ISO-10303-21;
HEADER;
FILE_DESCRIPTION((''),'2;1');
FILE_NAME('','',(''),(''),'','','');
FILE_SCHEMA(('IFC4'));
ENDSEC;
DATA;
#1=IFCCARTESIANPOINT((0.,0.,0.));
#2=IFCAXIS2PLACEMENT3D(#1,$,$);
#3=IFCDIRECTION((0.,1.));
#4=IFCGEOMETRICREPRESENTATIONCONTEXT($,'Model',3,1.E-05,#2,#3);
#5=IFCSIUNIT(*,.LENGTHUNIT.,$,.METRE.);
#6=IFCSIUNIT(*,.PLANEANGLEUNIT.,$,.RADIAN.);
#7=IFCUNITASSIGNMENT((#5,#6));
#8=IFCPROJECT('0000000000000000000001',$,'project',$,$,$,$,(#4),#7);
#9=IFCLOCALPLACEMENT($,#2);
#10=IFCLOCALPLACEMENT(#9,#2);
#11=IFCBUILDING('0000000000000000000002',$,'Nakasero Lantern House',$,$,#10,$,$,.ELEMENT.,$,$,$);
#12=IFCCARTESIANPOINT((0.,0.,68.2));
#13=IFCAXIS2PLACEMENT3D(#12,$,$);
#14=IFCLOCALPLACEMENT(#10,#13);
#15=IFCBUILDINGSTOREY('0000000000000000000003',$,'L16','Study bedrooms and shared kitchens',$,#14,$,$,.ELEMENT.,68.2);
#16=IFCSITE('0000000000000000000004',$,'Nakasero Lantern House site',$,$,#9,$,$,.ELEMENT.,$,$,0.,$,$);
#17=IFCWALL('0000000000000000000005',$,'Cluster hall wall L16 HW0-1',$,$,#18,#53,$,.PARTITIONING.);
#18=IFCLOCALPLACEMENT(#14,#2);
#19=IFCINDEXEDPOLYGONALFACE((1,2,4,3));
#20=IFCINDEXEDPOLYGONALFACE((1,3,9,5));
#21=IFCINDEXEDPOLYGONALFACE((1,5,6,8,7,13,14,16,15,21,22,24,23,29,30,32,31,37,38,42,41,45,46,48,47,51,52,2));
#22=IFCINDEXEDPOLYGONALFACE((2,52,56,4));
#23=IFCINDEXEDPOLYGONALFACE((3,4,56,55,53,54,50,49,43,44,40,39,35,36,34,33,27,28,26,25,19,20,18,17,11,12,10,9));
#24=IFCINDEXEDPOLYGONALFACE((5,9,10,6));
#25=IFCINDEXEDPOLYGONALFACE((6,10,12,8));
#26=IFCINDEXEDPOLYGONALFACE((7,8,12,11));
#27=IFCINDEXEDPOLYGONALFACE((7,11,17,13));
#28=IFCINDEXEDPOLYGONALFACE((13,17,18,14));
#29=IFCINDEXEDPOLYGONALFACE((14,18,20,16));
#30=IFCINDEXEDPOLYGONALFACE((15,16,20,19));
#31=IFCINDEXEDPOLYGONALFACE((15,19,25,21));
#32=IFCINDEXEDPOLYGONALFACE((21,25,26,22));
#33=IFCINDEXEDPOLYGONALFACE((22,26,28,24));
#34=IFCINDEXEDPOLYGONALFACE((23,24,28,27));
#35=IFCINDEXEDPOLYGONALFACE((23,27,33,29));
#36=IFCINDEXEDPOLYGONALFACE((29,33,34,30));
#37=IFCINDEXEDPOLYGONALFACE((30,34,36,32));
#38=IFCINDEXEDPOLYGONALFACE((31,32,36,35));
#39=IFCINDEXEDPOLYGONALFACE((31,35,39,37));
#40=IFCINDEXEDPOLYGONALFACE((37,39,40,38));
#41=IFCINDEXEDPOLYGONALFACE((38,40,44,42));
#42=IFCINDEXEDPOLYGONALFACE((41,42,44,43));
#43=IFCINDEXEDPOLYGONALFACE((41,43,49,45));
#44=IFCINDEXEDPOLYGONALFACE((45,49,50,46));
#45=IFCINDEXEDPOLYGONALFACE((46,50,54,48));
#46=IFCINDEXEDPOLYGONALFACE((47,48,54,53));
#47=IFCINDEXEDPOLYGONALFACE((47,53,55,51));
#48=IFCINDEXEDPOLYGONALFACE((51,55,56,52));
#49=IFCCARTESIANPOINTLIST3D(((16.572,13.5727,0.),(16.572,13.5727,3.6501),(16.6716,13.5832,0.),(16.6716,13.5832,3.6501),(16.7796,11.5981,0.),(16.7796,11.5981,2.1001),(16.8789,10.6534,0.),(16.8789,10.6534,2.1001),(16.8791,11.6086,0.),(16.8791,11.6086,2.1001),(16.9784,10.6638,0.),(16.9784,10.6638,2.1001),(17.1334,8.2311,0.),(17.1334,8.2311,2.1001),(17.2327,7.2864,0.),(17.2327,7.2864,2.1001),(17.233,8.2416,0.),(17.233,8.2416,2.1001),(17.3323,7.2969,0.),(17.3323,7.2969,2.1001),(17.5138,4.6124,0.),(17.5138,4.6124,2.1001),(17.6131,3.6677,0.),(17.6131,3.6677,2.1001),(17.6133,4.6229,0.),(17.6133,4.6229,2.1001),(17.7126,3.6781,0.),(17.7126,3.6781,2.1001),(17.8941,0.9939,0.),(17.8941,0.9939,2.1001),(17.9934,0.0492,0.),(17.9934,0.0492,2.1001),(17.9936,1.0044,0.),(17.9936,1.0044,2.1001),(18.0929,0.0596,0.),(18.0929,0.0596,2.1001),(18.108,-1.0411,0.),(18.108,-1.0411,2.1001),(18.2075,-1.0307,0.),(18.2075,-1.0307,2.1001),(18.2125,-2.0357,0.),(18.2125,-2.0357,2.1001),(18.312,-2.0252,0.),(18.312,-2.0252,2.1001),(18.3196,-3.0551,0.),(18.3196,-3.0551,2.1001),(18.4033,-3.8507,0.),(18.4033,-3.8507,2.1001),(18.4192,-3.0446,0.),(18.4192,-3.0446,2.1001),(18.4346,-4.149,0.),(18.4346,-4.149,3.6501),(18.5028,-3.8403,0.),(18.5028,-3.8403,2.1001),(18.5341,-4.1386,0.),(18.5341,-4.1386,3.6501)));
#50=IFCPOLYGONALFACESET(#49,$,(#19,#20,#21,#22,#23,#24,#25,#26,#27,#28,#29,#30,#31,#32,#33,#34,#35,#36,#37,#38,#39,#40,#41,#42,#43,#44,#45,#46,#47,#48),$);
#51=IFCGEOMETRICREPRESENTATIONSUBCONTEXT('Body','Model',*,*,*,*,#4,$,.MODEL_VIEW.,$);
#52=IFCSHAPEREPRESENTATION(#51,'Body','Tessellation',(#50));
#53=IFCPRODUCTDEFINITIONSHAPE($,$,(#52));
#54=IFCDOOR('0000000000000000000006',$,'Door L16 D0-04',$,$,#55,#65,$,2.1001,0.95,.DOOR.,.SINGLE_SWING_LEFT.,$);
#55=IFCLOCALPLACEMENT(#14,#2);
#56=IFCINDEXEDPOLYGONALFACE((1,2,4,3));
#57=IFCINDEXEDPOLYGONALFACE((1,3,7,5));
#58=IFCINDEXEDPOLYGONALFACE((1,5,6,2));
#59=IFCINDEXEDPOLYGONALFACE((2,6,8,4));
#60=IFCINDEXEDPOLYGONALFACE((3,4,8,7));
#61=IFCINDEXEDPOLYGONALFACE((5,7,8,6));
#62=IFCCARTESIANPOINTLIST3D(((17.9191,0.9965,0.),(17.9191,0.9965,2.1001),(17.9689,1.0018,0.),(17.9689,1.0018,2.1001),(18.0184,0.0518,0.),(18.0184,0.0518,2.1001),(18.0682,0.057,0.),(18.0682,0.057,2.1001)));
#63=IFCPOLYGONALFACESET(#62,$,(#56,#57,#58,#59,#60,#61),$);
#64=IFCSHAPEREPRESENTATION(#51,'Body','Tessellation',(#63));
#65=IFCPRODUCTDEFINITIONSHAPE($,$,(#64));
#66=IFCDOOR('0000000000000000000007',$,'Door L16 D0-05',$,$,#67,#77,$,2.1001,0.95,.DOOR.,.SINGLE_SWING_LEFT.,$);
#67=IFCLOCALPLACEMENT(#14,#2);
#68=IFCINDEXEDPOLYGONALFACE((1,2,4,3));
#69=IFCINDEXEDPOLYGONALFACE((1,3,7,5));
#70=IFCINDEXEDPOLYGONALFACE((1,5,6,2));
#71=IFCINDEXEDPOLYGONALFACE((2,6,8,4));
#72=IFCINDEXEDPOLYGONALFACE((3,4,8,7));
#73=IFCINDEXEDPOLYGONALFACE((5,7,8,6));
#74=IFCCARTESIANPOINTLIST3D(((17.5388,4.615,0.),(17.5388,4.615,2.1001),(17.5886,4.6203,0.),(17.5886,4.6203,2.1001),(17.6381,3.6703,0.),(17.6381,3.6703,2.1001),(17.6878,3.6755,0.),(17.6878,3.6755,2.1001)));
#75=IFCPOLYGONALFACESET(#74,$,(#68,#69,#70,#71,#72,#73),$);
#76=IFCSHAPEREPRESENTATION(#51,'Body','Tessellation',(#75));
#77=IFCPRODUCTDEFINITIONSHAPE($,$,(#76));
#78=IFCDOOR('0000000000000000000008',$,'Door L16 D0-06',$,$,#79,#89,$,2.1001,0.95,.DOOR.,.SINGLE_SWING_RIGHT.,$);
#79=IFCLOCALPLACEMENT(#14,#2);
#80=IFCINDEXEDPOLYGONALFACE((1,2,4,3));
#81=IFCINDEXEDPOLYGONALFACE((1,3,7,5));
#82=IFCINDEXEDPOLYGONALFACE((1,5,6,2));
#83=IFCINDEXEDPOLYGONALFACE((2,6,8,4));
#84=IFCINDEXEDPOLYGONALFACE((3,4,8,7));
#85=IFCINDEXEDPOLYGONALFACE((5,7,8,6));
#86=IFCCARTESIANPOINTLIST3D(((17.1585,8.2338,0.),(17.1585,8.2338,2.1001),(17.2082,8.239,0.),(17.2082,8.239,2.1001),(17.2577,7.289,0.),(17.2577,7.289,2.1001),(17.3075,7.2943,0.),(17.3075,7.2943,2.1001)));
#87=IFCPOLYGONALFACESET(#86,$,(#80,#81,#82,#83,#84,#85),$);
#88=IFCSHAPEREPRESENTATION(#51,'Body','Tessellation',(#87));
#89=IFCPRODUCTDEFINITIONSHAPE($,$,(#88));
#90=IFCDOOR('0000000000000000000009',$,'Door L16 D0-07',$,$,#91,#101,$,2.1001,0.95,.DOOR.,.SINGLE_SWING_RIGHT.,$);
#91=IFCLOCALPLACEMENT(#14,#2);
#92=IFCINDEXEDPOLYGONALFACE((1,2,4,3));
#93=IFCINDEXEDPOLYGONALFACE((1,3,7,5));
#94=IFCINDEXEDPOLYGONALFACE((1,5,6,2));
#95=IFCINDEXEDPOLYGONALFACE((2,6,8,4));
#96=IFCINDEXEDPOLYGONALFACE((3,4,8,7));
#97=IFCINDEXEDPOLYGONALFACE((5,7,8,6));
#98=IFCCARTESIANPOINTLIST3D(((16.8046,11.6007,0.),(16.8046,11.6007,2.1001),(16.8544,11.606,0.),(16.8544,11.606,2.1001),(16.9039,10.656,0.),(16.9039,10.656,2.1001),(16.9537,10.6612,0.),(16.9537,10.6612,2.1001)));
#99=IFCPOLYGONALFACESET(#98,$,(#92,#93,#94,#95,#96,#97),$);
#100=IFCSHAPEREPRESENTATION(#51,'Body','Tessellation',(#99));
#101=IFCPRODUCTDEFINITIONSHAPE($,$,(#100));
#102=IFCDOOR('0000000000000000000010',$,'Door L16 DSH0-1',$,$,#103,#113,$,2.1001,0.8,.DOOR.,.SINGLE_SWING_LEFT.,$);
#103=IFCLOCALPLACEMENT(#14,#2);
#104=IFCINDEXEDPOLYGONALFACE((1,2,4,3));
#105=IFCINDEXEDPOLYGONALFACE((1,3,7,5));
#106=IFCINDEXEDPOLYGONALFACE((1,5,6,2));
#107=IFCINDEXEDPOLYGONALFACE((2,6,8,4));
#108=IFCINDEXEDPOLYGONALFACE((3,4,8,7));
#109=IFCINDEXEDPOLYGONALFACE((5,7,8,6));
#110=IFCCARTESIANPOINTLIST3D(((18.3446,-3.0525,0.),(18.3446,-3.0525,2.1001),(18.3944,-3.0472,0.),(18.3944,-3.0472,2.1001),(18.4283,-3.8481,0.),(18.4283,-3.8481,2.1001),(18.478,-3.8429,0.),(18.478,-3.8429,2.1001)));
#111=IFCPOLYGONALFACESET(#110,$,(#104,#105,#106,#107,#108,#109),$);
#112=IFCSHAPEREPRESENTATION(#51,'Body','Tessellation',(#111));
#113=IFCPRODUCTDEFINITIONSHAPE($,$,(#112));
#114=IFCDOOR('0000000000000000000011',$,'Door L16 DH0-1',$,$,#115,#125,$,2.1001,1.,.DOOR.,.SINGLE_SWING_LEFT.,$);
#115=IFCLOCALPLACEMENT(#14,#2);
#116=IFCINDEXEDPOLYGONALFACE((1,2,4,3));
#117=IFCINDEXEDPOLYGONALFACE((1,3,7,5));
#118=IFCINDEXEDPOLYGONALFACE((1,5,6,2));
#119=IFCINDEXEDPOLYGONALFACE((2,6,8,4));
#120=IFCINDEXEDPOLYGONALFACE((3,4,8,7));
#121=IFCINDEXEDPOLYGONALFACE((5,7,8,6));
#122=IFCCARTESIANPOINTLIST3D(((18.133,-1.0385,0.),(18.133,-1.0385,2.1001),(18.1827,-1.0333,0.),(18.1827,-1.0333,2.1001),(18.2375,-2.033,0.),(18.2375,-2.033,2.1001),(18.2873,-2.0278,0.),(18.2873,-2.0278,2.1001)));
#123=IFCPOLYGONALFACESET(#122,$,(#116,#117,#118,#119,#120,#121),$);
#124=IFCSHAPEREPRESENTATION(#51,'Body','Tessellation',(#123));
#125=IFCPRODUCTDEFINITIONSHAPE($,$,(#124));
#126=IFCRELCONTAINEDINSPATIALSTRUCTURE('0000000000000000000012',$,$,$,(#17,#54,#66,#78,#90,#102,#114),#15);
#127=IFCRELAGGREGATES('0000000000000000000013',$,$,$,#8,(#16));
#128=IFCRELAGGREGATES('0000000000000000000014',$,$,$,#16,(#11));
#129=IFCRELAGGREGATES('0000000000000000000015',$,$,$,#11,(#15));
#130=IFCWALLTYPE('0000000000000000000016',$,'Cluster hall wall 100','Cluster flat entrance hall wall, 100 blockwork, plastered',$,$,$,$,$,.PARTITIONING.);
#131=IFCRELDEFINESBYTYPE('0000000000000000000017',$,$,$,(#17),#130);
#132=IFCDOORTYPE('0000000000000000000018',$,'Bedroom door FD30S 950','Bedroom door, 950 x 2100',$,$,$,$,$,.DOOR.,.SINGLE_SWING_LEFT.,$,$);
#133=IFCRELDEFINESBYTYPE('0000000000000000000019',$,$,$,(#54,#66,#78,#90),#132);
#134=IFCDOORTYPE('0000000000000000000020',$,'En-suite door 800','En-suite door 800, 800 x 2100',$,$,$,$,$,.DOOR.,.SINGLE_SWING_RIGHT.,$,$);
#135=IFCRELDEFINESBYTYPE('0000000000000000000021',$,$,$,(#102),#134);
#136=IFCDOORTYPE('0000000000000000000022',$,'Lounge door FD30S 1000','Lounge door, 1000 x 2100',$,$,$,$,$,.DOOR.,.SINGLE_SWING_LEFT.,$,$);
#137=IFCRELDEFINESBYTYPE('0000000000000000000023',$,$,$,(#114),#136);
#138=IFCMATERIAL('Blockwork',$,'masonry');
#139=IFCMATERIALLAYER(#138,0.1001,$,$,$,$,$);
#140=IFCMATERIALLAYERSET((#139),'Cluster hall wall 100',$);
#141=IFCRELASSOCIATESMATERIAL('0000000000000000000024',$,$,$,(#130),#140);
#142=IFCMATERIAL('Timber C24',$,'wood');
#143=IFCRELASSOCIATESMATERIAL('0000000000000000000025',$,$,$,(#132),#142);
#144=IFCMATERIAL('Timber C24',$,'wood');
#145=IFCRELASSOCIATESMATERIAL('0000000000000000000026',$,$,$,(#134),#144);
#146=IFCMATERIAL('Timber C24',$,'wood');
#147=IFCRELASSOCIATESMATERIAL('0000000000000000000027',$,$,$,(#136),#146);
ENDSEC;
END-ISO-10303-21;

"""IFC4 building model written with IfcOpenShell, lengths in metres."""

from ifc_helpers import new_model, si_unit, direction, frame, frame_2d, origin, place, context, subcontext, project, spatial, rectangle, extrude, material, layer, layer_set, type_object, element, fill, save


model = new_model("IFC4")

# Units and contexts
model_context = context("Model", 3, precision=1e-05, world=origin(), true_north=direction((0.0, 1.0)))
body_context = subcontext(model_context, "Body", "Model", "MODEL_VIEW")
ifc_project = project(units=[si_unit("LENGTHUNIT", "METRE"), si_unit("PLANEANGLEUNIT", "RADIAN")], contexts=[model_context])

# Site, building, storey
site_placement = place(None, origin())
site = spatial("IfcSite", under=ifc_project, at=site_placement, Name="Nakasero Lantern House site", CompositionType="ELEMENT", RefElevation=0.0)
building_placement = place(site_placement, origin())
building = spatial("IfcBuilding", under=site, at=building_placement, Name="Nakasero Lantern House", CompositionType="ELEMENT")
storey_placement = place(building_placement, frame((0.0, 0.0, 68.2)))
storey = spatial("IfcBuildingStorey", under=building, at=storey_placement, Name="L16", Description="Study bedrooms and shared kitchens", CompositionType="ELEMENT", Elevation=68.2)

# Wall, openings, doors
ifc_material_1 = material(Name="Blockwork", Category="masonry")
ifc_layer_1 = layer(ifc_material_1, 0.1001)
ifc_layer_set_1 = layer_set([ifc_layer_1], Name="Cluster hall wall 100")
wall_type_1 = type_object("IfcWallType", Name="Cluster hall wall 100", Description="Cluster flat entrance hall wall, 100 blockwork, plastered", PredefinedType="PARTITIONING", material=ifc_layer_set_1)
wall_1_placement = place(storey_placement, frame((18.4844, -4.1438, 0.0), z_axis=(0.0, 0.0, 1.0), x_axis=(-0.104524, 0.994522, 0.0)))
wall_1 = element("IfcWall", 1, at=wall_1_placement, inside=storey, type_object=wall_type_1, Name="Cluster hall wall L16 HW0-1", PredefinedType="PARTITIONING", context=body_context, shape_type="SweptSolid", body=[
    extrude(rectangle(XDim=17.8193, YDim=0.1001, at=frame_2d((8.9097, 0.0))), origin(), (0.0, 0.0, 1.0), 3.6501),
])
opening_1_placement = place(wall_1_placement, frame((2.125, 0.0, 0.0)))
opening_1 = element("IfcOpeningElement", 2, at=opening_1_placement, cuts=wall_1, PredefinedType="OPENING", context=body_context, shape_type="SweptSolid", body=[
    extrude(rectangle(XDim=1.0, YDim=2.1001, at=frame_2d((0.5, 1.05))), frame((0.0, 0.0701, 0.0), z_axis=(0.0, -1.0, 0.0), x_axis=(1.0, 0.0, 0.0)), (0.0, 0.0, 1.0), 0.1401),
])
opening_2_placement = place(wall_1_placement, frame((0.3, 0.0, 0.0)))
opening_2 = element("IfcOpeningElement", 3, at=opening_2_placement, cuts=wall_1, PredefinedType="OPENING", context=body_context, shape_type="SweptSolid", body=[
    extrude(rectangle(XDim=0.8, YDim=2.1001, at=frame_2d((0.3999, 1.05))), frame((0.0, 0.0701, 0.0), z_axis=(0.0, -1.0, 0.0), x_axis=(1.0, 0.0, 0.0)), (0.0, 0.0, 1.0), 0.1401),
])
opening_3_placement = place(wall_1_placement, frame((4.2212, 0.0, 0.0)))
opening_3 = element("IfcOpeningElement", 4, at=opening_3_placement, cuts=wall_1, PredefinedType="OPENING", context=body_context, shape_type="SweptSolid", body=[
    extrude(rectangle(XDim=0.95, YDim=2.1001, at=frame_2d((0.4751, 1.05))), frame((0.0, 0.0701, 0.0), z_axis=(0.0, -1.0, 0.0), x_axis=(1.0, 0.0, 0.0)), (0.0, 0.0, 1.0), 0.1401),
])
opening_4_placement = place(wall_1_placement, frame((7.8596, 0.0, 0.0)))
opening_4 = element("IfcOpeningElement", 5, at=opening_4_placement, cuts=wall_1, PredefinedType="OPENING", context=body_context, shape_type="SweptSolid", body=[
    extrude(rectangle(XDim=0.95, YDim=2.1001, at=frame_2d((0.4751, 1.05))), frame((0.0, 0.0701, 0.0), z_axis=(0.0, -1.0, 0.0), x_axis=(1.0, 0.0, 0.0)), (0.0, 0.0, 1.0), 0.1401),
])
opening_5_placement = place(wall_1_placement, frame((11.4983, 0.0, 0.0)))
opening_5 = element("IfcOpeningElement", 6, at=opening_5_placement, cuts=wall_1, PredefinedType="OPENING", context=body_context, shape_type="SweptSolid", body=[
    extrude(rectangle(XDim=0.95, YDim=2.1001, at=frame_2d((0.4751, 1.05))), frame((0.0, 0.0701, 0.0), z_axis=(0.0, -1.0, 0.0), x_axis=(1.0, 0.0, 0.0)), (0.0, 0.0, 1.0), 0.1401),
])
opening_6_placement = place(wall_1_placement, frame((14.8838, 0.0, 0.0)))
opening_6 = element("IfcOpeningElement", 7, at=opening_6_placement, cuts=wall_1, PredefinedType="OPENING", context=body_context, shape_type="SweptSolid", body=[
    extrude(rectangle(XDim=0.95, YDim=2.1001, at=frame_2d((0.4751, 1.05))), frame((0.0, 0.0701, 0.0), z_axis=(0.0, -1.0, 0.0), x_axis=(1.0, 0.0, 0.0)), (0.0, 0.0, 1.0), 0.1401),
])
ifc_material_2 = material(Name="Timber C24", Category="wood")
door_type_1 = type_object("IfcDoorType", Name="Bedroom door FD30S 950", Description="Bedroom door, 950 x 2100", OperationType="SINGLE_SWING_LEFT", PredefinedType="DOOR", material=ifc_material_2)
door_1_placement = place(opening_3_placement, origin())
door_1 = element("IfcDoor", 8, at=door_1_placement, inside=storey, type_object=door_type_1, Name="Door L16 D0-04", OperationType="SINGLE_SWING_LEFT", OverallHeight=2.1001, OverallWidth=0.95, PredefinedType="DOOR", context=body_context, shape_type="SweptSolid", body=[
    extrude(rectangle(XDim=0.95, YDim=2.1001, at=frame_2d((0.4751, 1.05))), frame((0.0, 0.0249, 0.0), z_axis=(0.0, -1.0, 0.0), x_axis=(1.0, 0.0, 0.0)), (0.0, 0.0, 1.0), 0.05),
])
fill(opening_3, door_1)
door_2_placement = place(opening_4_placement, origin())
door_2 = element("IfcDoor", 9, at=door_2_placement, inside=storey, type_object=door_type_1, Name="Door L16 D0-05", OperationType="SINGLE_SWING_LEFT", OverallHeight=2.1001, OverallWidth=0.95, PredefinedType="DOOR", context=body_context, shape_type="SweptSolid", body=[
    extrude(rectangle(XDim=0.95, YDim=2.1001, at=frame_2d((0.4751, 1.05))), frame((0.0, 0.0249, 0.0), z_axis=(0.0, -1.0, 0.0), x_axis=(1.0, 0.0, 0.0)), (0.0, 0.0, 1.0), 0.05),
])
fill(opening_4, door_2)
door_3_placement = place(opening_5_placement, origin())
door_3 = element("IfcDoor", 10, at=door_3_placement, inside=storey, type_object=door_type_1, Name="Door L16 D0-06", OperationType="SINGLE_SWING_RIGHT", OverallHeight=2.1001, OverallWidth=0.95, PredefinedType="DOOR", context=body_context, shape_type="SweptSolid", body=[
    extrude(rectangle(XDim=0.95, YDim=2.1001, at=frame_2d((0.4751, 1.05))), frame((0.0, 0.0249, 0.0), z_axis=(0.0, -1.0, 0.0), x_axis=(1.0, 0.0, 0.0)), (0.0, 0.0, 1.0), 0.05),
])
fill(opening_5, door_3)
door_4_placement = place(opening_6_placement, origin())
door_4 = element("IfcDoor", 11, at=door_4_placement, inside=storey, type_object=door_type_1, Name="Door L16 D0-07", OperationType="SINGLE_SWING_RIGHT", OverallHeight=2.1001, OverallWidth=0.95, PredefinedType="DOOR", context=body_context, shape_type="SweptSolid", body=[
    extrude(rectangle(XDim=0.95, YDim=2.1001, at=frame_2d((0.4751, 1.05))), frame((0.0, 0.0249, 0.0), z_axis=(0.0, -1.0, 0.0), x_axis=(1.0, 0.0, 0.0)), (0.0, 0.0, 1.0), 0.05),
])
fill(opening_6, door_4)
ifc_material_3 = material(Name="Timber C24", Category="wood")
door_type_2 = type_object("IfcDoorType", Name="En-suite door 800", Description="En-suite door 800, 800 x 2100", OperationType="SINGLE_SWING_RIGHT", PredefinedType="DOOR", material=ifc_material_3)
door_5_placement = place(opening_2_placement, origin())
door_5 = element("IfcDoor", 12, at=door_5_placement, inside=storey, type_object=door_type_2, Name="Door L16 DSH0-1", OperationType="SINGLE_SWING_LEFT", OverallHeight=2.1001, OverallWidth=0.8, PredefinedType="DOOR", context=body_context, shape_type="SweptSolid", body=[
    extrude(rectangle(XDim=0.8, YDim=2.1001, at=frame_2d((0.3999, 1.05))), frame((0.0, 0.0249, 0.0), z_axis=(0.0, -1.0, 0.0), x_axis=(1.0, 0.0, 0.0)), (0.0, 0.0, 1.0), 0.05),
])
fill(opening_2, door_5)
ifc_material_4 = material(Name="Timber C24", Category="wood")
door_type_3 = type_object("IfcDoorType", Name="Lounge door FD30S 1000", Description="Lounge door, 1000 x 2100", OperationType="SINGLE_SWING_LEFT", PredefinedType="DOOR", material=ifc_material_4)
door_6_placement = place(opening_1_placement, origin())
door_6 = element("IfcDoor", 13, at=door_6_placement, inside=storey, type_object=door_type_3, Name="Door L16 DH0-1", OperationType="SINGLE_SWING_LEFT", OverallHeight=2.1001, OverallWidth=1.0, PredefinedType="DOOR", context=body_context, shape_type="SweptSolid", body=[
    extrude(rectangle(XDim=1.0, YDim=2.1001, at=frame_2d((0.5, 1.05))), frame((0.0, 0.0249, 0.0), z_axis=(0.0, -1.0, 0.0), x_axis=(1.0, 0.0, 0.0)), (0.0, 0.0, 1.0), 0.05),
])
fill(opening_1, door_6)

save(model, "model.ifc")
